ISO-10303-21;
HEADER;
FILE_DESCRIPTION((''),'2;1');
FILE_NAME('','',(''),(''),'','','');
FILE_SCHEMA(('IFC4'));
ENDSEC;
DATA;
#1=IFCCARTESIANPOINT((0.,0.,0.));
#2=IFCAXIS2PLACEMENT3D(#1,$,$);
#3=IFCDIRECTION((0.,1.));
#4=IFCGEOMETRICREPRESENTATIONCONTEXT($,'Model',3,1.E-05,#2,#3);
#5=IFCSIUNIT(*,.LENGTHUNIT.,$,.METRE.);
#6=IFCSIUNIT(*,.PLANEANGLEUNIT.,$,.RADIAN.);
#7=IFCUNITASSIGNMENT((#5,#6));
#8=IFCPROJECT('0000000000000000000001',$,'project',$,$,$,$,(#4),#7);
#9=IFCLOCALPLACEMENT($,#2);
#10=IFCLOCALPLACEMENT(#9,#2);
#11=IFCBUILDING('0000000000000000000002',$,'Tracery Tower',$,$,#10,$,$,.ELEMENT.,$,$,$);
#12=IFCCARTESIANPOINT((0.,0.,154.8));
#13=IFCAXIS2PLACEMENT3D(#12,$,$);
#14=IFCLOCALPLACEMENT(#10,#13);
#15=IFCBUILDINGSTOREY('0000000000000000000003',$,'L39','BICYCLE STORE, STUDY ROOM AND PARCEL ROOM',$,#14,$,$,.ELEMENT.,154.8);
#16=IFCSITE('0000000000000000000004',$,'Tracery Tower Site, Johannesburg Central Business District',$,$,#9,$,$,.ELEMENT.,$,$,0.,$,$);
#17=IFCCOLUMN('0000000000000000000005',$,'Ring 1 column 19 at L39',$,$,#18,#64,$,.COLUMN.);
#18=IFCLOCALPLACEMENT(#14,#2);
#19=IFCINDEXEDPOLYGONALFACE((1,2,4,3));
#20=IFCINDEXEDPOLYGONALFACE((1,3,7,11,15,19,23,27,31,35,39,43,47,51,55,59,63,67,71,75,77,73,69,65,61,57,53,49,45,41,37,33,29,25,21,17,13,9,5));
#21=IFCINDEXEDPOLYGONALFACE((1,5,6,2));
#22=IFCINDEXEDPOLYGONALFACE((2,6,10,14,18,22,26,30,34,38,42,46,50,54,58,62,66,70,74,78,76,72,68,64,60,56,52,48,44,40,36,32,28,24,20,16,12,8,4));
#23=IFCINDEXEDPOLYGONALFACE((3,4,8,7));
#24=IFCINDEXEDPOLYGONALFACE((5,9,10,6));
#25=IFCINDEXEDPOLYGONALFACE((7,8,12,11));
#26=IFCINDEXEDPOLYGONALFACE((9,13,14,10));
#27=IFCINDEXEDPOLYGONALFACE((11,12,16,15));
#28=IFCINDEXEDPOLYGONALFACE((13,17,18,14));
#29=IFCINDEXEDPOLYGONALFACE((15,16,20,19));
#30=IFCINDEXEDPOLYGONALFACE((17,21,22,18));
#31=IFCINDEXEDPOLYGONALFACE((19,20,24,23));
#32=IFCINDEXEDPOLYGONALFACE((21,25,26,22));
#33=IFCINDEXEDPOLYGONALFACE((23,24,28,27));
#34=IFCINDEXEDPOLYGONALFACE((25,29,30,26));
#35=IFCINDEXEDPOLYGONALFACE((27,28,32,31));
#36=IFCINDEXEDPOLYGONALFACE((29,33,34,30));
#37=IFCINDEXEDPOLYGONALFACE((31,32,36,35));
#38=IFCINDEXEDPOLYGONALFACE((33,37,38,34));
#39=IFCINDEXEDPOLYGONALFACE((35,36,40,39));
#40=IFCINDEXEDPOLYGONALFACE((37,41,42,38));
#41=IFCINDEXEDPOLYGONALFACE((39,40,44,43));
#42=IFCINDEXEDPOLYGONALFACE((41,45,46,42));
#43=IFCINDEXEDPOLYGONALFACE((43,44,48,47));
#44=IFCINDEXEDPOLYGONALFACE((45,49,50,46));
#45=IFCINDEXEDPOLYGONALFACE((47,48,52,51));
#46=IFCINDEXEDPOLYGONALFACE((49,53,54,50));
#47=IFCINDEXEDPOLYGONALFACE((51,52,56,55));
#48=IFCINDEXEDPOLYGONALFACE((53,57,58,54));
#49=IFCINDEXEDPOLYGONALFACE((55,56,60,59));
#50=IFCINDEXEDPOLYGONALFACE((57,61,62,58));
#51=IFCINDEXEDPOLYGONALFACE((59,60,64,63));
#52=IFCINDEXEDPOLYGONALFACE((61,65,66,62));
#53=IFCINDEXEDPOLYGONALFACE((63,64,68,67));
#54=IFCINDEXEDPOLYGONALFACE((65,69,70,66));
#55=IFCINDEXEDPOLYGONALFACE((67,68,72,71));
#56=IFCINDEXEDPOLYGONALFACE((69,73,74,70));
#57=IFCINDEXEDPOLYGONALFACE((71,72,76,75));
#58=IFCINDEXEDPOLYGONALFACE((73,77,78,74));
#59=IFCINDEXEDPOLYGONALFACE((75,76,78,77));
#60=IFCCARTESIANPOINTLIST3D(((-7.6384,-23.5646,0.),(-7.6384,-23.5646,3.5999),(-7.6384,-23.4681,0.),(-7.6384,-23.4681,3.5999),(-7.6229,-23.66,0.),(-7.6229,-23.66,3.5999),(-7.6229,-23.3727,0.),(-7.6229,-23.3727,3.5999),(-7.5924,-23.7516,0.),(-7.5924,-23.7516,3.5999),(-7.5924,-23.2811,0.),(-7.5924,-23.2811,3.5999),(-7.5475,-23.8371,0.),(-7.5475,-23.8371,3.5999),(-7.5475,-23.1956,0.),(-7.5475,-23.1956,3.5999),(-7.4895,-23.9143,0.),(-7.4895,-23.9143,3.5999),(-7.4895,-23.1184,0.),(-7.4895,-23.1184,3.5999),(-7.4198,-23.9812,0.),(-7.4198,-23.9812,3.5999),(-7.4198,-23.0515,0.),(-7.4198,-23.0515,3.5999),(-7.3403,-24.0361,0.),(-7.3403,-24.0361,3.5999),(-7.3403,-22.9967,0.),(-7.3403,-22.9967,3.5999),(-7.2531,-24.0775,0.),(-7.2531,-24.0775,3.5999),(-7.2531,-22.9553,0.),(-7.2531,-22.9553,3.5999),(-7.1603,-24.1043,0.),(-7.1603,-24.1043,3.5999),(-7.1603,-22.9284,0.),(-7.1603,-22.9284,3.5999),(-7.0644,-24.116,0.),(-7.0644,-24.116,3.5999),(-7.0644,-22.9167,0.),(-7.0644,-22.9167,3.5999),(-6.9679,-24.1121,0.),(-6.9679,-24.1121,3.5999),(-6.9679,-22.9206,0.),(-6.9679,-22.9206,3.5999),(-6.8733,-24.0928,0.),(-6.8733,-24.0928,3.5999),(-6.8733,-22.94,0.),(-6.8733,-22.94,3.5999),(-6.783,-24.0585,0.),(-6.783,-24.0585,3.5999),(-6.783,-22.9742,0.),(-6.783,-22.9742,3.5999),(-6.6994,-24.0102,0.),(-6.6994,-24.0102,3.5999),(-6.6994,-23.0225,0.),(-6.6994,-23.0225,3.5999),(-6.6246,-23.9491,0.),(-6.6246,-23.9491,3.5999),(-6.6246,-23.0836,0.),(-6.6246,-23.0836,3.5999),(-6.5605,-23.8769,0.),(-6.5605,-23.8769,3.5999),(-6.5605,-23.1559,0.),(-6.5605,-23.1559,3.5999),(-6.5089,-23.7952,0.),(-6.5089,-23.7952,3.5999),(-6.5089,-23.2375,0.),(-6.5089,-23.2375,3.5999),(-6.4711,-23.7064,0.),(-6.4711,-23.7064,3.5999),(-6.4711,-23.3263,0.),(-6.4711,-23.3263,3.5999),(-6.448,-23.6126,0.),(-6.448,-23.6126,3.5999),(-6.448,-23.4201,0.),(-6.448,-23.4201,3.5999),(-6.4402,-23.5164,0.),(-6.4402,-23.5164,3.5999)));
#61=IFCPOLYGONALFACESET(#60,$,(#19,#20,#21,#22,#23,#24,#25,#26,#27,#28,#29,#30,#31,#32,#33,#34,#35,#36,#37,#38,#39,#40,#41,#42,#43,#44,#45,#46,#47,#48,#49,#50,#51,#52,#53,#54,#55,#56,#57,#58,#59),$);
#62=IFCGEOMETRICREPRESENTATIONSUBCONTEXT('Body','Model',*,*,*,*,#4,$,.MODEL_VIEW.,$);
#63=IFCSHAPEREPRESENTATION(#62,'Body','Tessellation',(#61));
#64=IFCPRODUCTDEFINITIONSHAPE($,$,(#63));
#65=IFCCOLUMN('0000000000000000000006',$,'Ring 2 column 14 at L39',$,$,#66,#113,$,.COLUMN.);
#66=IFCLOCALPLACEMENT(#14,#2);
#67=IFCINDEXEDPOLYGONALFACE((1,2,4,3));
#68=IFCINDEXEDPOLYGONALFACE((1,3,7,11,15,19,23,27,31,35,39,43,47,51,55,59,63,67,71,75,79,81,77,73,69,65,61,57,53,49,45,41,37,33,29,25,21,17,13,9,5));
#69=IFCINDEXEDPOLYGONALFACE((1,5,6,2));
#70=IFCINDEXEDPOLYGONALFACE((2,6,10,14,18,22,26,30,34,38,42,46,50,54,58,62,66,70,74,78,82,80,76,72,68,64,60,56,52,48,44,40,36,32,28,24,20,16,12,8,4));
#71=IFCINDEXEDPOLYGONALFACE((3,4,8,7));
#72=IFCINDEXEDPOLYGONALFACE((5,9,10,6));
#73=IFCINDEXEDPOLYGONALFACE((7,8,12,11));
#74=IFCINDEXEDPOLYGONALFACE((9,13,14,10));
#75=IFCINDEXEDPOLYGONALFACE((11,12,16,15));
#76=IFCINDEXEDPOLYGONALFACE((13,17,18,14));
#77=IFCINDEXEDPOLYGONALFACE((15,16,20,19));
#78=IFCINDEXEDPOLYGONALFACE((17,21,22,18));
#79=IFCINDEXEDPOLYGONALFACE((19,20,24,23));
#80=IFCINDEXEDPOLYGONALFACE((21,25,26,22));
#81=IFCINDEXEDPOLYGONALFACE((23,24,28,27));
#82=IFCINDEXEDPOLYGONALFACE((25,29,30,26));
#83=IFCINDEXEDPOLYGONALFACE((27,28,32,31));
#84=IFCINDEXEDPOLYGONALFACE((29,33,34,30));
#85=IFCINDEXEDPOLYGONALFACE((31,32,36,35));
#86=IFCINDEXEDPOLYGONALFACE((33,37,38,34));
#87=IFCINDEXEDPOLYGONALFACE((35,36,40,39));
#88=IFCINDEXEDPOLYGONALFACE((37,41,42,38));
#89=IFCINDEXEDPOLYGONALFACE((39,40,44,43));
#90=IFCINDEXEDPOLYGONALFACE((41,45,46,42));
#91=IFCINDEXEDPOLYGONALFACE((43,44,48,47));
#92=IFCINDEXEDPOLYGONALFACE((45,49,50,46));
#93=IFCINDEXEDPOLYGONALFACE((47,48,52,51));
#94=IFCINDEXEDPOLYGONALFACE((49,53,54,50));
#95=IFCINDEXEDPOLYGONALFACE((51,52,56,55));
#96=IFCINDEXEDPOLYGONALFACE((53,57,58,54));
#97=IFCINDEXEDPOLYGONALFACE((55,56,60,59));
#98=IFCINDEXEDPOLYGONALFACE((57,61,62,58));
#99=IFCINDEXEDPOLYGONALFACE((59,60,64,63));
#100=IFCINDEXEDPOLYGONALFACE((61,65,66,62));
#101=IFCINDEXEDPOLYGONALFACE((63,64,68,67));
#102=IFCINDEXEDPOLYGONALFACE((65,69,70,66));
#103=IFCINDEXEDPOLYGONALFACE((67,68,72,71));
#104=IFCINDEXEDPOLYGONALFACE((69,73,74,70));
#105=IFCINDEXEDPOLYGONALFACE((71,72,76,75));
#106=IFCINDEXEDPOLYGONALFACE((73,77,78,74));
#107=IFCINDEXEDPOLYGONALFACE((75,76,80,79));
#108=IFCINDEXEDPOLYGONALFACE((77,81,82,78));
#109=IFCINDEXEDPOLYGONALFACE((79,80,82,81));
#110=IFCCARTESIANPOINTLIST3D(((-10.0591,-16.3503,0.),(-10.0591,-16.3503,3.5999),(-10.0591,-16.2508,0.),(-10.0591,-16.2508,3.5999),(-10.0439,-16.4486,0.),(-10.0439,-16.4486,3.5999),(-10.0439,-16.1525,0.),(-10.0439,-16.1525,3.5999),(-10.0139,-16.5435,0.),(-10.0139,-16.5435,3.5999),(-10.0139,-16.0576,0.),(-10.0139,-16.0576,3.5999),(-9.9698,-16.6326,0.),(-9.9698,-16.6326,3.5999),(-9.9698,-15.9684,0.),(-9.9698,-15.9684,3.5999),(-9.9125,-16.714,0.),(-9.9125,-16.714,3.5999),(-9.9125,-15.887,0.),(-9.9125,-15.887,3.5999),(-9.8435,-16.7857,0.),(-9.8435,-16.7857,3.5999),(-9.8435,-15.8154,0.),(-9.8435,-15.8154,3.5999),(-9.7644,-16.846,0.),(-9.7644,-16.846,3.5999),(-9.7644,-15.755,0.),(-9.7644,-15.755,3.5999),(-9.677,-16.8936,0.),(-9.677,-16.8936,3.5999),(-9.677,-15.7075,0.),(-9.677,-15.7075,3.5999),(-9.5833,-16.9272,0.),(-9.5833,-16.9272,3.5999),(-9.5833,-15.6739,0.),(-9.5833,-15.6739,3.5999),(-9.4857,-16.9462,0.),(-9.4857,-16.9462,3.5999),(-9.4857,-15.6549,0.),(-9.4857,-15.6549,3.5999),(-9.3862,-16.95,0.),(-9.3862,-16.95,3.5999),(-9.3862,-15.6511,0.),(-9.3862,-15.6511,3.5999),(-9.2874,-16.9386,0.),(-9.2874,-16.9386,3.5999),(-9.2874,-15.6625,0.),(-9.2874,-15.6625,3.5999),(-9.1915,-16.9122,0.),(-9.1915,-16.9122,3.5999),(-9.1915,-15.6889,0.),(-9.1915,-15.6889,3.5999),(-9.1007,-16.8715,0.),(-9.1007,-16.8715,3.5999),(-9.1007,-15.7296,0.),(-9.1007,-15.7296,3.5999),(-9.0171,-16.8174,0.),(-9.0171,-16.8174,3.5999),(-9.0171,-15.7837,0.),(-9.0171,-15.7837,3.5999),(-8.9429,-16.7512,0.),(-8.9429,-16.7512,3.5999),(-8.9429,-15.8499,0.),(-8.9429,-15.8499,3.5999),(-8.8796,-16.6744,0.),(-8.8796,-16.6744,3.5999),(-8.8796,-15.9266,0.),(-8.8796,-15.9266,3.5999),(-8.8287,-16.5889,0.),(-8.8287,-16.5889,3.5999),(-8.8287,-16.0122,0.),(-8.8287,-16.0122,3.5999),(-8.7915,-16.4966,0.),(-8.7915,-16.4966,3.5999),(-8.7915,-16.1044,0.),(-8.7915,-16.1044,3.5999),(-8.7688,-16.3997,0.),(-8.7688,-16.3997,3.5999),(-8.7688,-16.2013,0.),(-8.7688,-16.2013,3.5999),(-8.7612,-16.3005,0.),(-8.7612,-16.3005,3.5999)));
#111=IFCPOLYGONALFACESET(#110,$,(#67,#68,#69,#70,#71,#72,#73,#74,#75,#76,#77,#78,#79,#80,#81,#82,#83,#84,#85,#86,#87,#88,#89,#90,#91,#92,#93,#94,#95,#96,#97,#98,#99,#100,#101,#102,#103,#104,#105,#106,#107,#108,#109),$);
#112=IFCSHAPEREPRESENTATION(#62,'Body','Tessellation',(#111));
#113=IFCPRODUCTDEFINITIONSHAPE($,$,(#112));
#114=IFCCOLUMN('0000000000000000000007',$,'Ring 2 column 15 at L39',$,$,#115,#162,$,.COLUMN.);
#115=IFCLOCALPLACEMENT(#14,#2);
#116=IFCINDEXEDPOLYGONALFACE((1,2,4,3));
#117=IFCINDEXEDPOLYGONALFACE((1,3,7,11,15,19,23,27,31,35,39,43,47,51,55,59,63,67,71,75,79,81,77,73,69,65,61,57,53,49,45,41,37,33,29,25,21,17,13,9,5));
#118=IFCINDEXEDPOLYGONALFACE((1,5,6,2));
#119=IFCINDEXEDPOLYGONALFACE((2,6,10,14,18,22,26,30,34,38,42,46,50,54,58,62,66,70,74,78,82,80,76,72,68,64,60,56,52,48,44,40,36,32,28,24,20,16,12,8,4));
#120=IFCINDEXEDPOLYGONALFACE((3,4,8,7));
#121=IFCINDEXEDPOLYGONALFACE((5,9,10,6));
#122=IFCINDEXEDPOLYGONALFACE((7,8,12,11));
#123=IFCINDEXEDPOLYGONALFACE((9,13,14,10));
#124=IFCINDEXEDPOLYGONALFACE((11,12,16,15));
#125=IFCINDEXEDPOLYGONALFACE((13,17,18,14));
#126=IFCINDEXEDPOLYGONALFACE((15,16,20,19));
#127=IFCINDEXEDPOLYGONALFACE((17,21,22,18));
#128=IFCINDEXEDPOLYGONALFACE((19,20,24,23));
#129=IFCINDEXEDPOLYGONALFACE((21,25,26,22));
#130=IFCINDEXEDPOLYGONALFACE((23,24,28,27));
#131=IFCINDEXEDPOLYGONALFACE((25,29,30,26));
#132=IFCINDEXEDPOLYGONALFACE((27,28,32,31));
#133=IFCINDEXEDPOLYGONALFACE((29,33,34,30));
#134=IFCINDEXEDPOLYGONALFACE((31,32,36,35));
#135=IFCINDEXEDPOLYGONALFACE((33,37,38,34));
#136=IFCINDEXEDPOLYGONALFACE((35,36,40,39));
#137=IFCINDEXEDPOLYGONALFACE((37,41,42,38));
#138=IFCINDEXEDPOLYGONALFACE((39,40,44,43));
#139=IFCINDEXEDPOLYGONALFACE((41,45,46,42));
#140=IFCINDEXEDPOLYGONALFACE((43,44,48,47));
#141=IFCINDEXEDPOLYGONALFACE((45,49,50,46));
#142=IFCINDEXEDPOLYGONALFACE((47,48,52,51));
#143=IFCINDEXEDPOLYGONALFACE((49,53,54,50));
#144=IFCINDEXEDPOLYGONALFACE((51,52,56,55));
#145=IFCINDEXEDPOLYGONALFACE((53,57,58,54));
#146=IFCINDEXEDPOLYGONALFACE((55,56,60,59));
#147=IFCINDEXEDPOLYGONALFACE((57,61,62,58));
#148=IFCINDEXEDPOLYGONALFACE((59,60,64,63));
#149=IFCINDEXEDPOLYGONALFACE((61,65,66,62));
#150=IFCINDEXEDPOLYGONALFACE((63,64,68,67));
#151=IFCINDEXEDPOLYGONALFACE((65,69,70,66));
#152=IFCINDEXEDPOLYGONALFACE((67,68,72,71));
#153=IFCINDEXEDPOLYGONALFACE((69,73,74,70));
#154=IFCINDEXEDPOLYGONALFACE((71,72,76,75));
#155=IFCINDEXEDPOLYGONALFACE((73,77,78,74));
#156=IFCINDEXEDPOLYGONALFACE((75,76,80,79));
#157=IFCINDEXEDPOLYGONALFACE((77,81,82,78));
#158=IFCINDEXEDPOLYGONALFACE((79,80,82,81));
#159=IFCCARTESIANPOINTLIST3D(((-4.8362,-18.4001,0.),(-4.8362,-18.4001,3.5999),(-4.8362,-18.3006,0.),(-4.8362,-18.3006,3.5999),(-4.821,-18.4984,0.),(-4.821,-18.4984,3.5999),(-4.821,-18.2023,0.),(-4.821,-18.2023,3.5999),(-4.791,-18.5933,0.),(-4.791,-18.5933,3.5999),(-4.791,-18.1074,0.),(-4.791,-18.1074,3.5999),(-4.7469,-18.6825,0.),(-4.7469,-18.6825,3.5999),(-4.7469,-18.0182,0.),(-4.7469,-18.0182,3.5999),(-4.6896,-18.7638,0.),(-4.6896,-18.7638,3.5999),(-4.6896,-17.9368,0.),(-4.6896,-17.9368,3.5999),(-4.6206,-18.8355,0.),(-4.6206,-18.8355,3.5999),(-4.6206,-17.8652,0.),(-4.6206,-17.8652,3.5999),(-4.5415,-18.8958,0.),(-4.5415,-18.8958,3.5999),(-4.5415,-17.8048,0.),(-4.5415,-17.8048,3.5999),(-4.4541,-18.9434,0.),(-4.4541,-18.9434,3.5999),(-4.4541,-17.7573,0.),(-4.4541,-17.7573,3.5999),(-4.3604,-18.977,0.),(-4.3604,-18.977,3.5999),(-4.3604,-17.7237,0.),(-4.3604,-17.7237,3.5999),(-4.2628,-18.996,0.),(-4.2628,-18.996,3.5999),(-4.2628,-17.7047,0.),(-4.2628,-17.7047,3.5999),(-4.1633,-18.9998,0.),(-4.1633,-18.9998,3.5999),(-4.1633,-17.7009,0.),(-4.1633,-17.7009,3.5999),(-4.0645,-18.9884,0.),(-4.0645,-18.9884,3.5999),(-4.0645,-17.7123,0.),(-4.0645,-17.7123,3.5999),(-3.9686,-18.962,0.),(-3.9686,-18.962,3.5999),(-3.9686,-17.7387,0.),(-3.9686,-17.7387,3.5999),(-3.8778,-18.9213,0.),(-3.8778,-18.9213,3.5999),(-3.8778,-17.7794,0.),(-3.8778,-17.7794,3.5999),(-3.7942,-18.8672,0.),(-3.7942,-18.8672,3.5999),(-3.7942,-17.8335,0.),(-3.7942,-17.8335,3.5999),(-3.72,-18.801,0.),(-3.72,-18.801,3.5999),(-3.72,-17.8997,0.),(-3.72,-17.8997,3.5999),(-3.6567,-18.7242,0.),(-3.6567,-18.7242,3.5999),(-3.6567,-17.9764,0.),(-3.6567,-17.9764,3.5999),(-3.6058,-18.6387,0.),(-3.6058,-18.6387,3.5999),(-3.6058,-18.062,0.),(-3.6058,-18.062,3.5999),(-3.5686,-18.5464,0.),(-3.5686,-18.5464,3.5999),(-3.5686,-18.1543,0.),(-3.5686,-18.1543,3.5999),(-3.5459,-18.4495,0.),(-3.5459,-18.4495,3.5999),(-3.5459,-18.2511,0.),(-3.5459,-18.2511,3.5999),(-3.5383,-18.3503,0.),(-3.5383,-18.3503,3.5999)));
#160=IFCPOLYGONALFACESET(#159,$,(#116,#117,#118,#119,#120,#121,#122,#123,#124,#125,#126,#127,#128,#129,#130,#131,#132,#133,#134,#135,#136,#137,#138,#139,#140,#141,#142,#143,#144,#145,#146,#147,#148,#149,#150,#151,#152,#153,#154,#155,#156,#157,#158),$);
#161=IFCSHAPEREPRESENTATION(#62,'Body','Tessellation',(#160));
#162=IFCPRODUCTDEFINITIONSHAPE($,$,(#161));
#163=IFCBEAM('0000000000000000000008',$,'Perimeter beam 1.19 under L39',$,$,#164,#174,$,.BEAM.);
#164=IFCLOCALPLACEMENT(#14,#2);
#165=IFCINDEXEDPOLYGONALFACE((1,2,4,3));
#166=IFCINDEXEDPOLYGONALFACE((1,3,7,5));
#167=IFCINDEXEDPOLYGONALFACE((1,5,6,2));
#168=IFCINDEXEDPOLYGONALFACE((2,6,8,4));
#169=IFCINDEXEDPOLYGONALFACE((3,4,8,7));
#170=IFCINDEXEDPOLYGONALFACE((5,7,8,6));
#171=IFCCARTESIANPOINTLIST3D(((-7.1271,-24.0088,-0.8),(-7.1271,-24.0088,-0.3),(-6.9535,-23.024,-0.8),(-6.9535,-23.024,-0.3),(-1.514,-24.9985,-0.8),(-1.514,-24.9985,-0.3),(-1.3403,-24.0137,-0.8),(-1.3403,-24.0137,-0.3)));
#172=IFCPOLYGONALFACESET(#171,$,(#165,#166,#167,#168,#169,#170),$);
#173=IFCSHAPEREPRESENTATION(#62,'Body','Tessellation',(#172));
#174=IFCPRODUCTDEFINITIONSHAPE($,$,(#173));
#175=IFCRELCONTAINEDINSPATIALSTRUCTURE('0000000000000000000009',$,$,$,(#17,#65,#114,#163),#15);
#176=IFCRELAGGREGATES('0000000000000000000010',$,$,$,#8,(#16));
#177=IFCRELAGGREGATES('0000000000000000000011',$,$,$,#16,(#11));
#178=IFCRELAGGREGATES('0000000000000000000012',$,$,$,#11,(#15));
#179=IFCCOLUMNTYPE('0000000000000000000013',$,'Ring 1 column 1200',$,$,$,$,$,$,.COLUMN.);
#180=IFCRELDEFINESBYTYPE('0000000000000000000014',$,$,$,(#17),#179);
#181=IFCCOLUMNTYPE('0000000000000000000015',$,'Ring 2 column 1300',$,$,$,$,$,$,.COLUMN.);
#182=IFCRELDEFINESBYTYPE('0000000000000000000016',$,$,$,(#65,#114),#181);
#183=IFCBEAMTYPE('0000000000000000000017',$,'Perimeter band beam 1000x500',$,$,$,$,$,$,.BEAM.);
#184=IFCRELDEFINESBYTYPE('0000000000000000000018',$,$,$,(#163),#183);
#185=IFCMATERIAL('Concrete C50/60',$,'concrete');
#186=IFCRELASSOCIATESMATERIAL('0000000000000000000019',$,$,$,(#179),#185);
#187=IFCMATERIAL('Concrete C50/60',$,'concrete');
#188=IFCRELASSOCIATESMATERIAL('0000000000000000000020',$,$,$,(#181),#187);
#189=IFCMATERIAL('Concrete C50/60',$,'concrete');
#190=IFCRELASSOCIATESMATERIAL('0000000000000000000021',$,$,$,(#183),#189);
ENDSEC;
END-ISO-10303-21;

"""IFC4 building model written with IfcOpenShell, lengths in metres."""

from ifc_helpers import new_model, si_unit, direction, frame, origin, origin_2d, place, context, subcontext, project, spatial, rectangle, circle, extrude, material, material_profile, profile_set, type_object, element, save


model = new_model("IFC4")

# Units and contexts
model_context = context("Model", 3, precision=1e-05, world=origin(), true_north=direction((0.0, 1.0)))
body_context = subcontext(model_context, "Body", "Model", "MODEL_VIEW")
ifc_project = project(units=[si_unit("LENGTHUNIT", "METRE"), si_unit("PLANEANGLEUNIT", "RADIAN")], contexts=[model_context])

# Site, building, storey
site_placement = place(None, origin())
site = spatial("IfcSite", under=ifc_project, at=site_placement, Name="Tracery Tower Site, Johannesburg Central Business District", CompositionType="ELEMENT", RefElevation=0.0)
building_placement = place(site_placement, origin())
building = spatial("IfcBuilding", under=site, at=building_placement, Name="Tracery Tower", CompositionType="ELEMENT")
storey_placement = place(building_placement, frame((0.0, 0.0, 154.8)))
storey = spatial("IfcBuildingStorey", under=building, at=storey_placement, Name="L39", Description="BICYCLE STORE, STUDY ROOM AND PARCEL ROOM", CompositionType="ELEMENT", Elevation=154.8)

# Columns
ifc_material_1 = material(Name="Concrete C50/60", Category="concrete")
ifc_material_profile_1 = material_profile(ifc_material_1, circle(Radius=0.6001, at=origin_2d()), Name="RC D1200")
ifc_profile_set_1 = profile_set([ifc_material_profile_1], Name="Concrete C50/60")
column_type_1 = type_object("IfcColumnType", Name="Ring 1 column 1200", PredefinedType="COLUMN", material=ifc_profile_set_1)
column_placement = place(storey_placement, frame((-7.0403, -23.5164, 0.0), z_axis=(0.0, 0.0, 1.0), x_axis=(1.0, 0.0, 0.0)))
element("IfcColumn", 1, at=column_placement, inside=storey, type_object=column_type_1, Name="Ring 1 column 19 at L39", PredefinedType="COLUMN", context=body_context, shape_type="SweptSolid", body=[
    extrude(circle(Radius=0.6001, at=origin_2d()), origin(), (0.0, 0.0, 1.0), 3.5999),
])
ifc_material_2 = material(Name="Concrete C50/60", Category="concrete")
ifc_material_profile_2 = material_profile(ifc_material_2, circle(Radius=0.6499, at=origin_2d()), Name="RC D1300")
ifc_profile_set_2 = profile_set([ifc_material_profile_2], Name="Concrete C50/60")
column_type_2 = type_object("IfcColumnType", Name="Ring 2 column 1300", PredefinedType="COLUMN", material=ifc_profile_set_2)
for number, where, z_axis, x_axis, name in (
    (2, (-9.4111, -16.3005, 0.0), (0.0, 0.0, 1.0), (1.0, 0.0, 0.0), "Ring 2 column 14 at L39"),
    (3, (-4.1882, -18.3503, 0.0), (0.0, 0.0, 1.0), (1.0, 0.0, 0.0), "Ring 2 column 15 at L39"),
):
    element("IfcColumn", number, at=place(storey_placement, frame(where, z_axis=z_axis, x_axis=x_axis)), inside=storey, type_object=column_type_2, Name=name, PredefinedType="COLUMN", context=body_context, shape_type="SweptSolid", body=[
        extrude(circle(Radius=0.6499, at=origin_2d()), origin(), (0.0, 0.0, 1.0), 3.5999),
    ])

# Beam
ifc_material_3 = material(Name="Concrete C50/60", Category="concrete")
ifc_material_profile_3 = material_profile(ifc_material_3, rectangle(XDim=1.0, YDim=0.5, at=origin_2d()), Name="RC 1000x500")
ifc_profile_set_3 = profile_set([ifc_material_profile_3], Name="Concrete C50/60")
beam_type = type_object("IfcBeamType", Name="Perimeter band beam 1000x500", PredefinedType="BEAM", material=ifc_profile_set_3)
beam_placement = place(storey_placement, frame((-7.0403, -23.5164, -0.55), z_axis=(0.984807, -0.173651, 0.0), x_axis=(0.173651, 0.984807, 0.0)))
element("IfcBeam", 4, at=beam_placement, inside=storey, type_object=beam_type, Name="Perimeter beam 1.19 under L39", PredefinedType="BEAM", context=body_context, shape_type="SweptSolid", body=[
    extrude(rectangle(XDim=1.0, YDim=0.5, at=origin_2d()), origin(), (0.0, 0.0, 1.0), 5.6997),
])

save(model, "model.ifc")
